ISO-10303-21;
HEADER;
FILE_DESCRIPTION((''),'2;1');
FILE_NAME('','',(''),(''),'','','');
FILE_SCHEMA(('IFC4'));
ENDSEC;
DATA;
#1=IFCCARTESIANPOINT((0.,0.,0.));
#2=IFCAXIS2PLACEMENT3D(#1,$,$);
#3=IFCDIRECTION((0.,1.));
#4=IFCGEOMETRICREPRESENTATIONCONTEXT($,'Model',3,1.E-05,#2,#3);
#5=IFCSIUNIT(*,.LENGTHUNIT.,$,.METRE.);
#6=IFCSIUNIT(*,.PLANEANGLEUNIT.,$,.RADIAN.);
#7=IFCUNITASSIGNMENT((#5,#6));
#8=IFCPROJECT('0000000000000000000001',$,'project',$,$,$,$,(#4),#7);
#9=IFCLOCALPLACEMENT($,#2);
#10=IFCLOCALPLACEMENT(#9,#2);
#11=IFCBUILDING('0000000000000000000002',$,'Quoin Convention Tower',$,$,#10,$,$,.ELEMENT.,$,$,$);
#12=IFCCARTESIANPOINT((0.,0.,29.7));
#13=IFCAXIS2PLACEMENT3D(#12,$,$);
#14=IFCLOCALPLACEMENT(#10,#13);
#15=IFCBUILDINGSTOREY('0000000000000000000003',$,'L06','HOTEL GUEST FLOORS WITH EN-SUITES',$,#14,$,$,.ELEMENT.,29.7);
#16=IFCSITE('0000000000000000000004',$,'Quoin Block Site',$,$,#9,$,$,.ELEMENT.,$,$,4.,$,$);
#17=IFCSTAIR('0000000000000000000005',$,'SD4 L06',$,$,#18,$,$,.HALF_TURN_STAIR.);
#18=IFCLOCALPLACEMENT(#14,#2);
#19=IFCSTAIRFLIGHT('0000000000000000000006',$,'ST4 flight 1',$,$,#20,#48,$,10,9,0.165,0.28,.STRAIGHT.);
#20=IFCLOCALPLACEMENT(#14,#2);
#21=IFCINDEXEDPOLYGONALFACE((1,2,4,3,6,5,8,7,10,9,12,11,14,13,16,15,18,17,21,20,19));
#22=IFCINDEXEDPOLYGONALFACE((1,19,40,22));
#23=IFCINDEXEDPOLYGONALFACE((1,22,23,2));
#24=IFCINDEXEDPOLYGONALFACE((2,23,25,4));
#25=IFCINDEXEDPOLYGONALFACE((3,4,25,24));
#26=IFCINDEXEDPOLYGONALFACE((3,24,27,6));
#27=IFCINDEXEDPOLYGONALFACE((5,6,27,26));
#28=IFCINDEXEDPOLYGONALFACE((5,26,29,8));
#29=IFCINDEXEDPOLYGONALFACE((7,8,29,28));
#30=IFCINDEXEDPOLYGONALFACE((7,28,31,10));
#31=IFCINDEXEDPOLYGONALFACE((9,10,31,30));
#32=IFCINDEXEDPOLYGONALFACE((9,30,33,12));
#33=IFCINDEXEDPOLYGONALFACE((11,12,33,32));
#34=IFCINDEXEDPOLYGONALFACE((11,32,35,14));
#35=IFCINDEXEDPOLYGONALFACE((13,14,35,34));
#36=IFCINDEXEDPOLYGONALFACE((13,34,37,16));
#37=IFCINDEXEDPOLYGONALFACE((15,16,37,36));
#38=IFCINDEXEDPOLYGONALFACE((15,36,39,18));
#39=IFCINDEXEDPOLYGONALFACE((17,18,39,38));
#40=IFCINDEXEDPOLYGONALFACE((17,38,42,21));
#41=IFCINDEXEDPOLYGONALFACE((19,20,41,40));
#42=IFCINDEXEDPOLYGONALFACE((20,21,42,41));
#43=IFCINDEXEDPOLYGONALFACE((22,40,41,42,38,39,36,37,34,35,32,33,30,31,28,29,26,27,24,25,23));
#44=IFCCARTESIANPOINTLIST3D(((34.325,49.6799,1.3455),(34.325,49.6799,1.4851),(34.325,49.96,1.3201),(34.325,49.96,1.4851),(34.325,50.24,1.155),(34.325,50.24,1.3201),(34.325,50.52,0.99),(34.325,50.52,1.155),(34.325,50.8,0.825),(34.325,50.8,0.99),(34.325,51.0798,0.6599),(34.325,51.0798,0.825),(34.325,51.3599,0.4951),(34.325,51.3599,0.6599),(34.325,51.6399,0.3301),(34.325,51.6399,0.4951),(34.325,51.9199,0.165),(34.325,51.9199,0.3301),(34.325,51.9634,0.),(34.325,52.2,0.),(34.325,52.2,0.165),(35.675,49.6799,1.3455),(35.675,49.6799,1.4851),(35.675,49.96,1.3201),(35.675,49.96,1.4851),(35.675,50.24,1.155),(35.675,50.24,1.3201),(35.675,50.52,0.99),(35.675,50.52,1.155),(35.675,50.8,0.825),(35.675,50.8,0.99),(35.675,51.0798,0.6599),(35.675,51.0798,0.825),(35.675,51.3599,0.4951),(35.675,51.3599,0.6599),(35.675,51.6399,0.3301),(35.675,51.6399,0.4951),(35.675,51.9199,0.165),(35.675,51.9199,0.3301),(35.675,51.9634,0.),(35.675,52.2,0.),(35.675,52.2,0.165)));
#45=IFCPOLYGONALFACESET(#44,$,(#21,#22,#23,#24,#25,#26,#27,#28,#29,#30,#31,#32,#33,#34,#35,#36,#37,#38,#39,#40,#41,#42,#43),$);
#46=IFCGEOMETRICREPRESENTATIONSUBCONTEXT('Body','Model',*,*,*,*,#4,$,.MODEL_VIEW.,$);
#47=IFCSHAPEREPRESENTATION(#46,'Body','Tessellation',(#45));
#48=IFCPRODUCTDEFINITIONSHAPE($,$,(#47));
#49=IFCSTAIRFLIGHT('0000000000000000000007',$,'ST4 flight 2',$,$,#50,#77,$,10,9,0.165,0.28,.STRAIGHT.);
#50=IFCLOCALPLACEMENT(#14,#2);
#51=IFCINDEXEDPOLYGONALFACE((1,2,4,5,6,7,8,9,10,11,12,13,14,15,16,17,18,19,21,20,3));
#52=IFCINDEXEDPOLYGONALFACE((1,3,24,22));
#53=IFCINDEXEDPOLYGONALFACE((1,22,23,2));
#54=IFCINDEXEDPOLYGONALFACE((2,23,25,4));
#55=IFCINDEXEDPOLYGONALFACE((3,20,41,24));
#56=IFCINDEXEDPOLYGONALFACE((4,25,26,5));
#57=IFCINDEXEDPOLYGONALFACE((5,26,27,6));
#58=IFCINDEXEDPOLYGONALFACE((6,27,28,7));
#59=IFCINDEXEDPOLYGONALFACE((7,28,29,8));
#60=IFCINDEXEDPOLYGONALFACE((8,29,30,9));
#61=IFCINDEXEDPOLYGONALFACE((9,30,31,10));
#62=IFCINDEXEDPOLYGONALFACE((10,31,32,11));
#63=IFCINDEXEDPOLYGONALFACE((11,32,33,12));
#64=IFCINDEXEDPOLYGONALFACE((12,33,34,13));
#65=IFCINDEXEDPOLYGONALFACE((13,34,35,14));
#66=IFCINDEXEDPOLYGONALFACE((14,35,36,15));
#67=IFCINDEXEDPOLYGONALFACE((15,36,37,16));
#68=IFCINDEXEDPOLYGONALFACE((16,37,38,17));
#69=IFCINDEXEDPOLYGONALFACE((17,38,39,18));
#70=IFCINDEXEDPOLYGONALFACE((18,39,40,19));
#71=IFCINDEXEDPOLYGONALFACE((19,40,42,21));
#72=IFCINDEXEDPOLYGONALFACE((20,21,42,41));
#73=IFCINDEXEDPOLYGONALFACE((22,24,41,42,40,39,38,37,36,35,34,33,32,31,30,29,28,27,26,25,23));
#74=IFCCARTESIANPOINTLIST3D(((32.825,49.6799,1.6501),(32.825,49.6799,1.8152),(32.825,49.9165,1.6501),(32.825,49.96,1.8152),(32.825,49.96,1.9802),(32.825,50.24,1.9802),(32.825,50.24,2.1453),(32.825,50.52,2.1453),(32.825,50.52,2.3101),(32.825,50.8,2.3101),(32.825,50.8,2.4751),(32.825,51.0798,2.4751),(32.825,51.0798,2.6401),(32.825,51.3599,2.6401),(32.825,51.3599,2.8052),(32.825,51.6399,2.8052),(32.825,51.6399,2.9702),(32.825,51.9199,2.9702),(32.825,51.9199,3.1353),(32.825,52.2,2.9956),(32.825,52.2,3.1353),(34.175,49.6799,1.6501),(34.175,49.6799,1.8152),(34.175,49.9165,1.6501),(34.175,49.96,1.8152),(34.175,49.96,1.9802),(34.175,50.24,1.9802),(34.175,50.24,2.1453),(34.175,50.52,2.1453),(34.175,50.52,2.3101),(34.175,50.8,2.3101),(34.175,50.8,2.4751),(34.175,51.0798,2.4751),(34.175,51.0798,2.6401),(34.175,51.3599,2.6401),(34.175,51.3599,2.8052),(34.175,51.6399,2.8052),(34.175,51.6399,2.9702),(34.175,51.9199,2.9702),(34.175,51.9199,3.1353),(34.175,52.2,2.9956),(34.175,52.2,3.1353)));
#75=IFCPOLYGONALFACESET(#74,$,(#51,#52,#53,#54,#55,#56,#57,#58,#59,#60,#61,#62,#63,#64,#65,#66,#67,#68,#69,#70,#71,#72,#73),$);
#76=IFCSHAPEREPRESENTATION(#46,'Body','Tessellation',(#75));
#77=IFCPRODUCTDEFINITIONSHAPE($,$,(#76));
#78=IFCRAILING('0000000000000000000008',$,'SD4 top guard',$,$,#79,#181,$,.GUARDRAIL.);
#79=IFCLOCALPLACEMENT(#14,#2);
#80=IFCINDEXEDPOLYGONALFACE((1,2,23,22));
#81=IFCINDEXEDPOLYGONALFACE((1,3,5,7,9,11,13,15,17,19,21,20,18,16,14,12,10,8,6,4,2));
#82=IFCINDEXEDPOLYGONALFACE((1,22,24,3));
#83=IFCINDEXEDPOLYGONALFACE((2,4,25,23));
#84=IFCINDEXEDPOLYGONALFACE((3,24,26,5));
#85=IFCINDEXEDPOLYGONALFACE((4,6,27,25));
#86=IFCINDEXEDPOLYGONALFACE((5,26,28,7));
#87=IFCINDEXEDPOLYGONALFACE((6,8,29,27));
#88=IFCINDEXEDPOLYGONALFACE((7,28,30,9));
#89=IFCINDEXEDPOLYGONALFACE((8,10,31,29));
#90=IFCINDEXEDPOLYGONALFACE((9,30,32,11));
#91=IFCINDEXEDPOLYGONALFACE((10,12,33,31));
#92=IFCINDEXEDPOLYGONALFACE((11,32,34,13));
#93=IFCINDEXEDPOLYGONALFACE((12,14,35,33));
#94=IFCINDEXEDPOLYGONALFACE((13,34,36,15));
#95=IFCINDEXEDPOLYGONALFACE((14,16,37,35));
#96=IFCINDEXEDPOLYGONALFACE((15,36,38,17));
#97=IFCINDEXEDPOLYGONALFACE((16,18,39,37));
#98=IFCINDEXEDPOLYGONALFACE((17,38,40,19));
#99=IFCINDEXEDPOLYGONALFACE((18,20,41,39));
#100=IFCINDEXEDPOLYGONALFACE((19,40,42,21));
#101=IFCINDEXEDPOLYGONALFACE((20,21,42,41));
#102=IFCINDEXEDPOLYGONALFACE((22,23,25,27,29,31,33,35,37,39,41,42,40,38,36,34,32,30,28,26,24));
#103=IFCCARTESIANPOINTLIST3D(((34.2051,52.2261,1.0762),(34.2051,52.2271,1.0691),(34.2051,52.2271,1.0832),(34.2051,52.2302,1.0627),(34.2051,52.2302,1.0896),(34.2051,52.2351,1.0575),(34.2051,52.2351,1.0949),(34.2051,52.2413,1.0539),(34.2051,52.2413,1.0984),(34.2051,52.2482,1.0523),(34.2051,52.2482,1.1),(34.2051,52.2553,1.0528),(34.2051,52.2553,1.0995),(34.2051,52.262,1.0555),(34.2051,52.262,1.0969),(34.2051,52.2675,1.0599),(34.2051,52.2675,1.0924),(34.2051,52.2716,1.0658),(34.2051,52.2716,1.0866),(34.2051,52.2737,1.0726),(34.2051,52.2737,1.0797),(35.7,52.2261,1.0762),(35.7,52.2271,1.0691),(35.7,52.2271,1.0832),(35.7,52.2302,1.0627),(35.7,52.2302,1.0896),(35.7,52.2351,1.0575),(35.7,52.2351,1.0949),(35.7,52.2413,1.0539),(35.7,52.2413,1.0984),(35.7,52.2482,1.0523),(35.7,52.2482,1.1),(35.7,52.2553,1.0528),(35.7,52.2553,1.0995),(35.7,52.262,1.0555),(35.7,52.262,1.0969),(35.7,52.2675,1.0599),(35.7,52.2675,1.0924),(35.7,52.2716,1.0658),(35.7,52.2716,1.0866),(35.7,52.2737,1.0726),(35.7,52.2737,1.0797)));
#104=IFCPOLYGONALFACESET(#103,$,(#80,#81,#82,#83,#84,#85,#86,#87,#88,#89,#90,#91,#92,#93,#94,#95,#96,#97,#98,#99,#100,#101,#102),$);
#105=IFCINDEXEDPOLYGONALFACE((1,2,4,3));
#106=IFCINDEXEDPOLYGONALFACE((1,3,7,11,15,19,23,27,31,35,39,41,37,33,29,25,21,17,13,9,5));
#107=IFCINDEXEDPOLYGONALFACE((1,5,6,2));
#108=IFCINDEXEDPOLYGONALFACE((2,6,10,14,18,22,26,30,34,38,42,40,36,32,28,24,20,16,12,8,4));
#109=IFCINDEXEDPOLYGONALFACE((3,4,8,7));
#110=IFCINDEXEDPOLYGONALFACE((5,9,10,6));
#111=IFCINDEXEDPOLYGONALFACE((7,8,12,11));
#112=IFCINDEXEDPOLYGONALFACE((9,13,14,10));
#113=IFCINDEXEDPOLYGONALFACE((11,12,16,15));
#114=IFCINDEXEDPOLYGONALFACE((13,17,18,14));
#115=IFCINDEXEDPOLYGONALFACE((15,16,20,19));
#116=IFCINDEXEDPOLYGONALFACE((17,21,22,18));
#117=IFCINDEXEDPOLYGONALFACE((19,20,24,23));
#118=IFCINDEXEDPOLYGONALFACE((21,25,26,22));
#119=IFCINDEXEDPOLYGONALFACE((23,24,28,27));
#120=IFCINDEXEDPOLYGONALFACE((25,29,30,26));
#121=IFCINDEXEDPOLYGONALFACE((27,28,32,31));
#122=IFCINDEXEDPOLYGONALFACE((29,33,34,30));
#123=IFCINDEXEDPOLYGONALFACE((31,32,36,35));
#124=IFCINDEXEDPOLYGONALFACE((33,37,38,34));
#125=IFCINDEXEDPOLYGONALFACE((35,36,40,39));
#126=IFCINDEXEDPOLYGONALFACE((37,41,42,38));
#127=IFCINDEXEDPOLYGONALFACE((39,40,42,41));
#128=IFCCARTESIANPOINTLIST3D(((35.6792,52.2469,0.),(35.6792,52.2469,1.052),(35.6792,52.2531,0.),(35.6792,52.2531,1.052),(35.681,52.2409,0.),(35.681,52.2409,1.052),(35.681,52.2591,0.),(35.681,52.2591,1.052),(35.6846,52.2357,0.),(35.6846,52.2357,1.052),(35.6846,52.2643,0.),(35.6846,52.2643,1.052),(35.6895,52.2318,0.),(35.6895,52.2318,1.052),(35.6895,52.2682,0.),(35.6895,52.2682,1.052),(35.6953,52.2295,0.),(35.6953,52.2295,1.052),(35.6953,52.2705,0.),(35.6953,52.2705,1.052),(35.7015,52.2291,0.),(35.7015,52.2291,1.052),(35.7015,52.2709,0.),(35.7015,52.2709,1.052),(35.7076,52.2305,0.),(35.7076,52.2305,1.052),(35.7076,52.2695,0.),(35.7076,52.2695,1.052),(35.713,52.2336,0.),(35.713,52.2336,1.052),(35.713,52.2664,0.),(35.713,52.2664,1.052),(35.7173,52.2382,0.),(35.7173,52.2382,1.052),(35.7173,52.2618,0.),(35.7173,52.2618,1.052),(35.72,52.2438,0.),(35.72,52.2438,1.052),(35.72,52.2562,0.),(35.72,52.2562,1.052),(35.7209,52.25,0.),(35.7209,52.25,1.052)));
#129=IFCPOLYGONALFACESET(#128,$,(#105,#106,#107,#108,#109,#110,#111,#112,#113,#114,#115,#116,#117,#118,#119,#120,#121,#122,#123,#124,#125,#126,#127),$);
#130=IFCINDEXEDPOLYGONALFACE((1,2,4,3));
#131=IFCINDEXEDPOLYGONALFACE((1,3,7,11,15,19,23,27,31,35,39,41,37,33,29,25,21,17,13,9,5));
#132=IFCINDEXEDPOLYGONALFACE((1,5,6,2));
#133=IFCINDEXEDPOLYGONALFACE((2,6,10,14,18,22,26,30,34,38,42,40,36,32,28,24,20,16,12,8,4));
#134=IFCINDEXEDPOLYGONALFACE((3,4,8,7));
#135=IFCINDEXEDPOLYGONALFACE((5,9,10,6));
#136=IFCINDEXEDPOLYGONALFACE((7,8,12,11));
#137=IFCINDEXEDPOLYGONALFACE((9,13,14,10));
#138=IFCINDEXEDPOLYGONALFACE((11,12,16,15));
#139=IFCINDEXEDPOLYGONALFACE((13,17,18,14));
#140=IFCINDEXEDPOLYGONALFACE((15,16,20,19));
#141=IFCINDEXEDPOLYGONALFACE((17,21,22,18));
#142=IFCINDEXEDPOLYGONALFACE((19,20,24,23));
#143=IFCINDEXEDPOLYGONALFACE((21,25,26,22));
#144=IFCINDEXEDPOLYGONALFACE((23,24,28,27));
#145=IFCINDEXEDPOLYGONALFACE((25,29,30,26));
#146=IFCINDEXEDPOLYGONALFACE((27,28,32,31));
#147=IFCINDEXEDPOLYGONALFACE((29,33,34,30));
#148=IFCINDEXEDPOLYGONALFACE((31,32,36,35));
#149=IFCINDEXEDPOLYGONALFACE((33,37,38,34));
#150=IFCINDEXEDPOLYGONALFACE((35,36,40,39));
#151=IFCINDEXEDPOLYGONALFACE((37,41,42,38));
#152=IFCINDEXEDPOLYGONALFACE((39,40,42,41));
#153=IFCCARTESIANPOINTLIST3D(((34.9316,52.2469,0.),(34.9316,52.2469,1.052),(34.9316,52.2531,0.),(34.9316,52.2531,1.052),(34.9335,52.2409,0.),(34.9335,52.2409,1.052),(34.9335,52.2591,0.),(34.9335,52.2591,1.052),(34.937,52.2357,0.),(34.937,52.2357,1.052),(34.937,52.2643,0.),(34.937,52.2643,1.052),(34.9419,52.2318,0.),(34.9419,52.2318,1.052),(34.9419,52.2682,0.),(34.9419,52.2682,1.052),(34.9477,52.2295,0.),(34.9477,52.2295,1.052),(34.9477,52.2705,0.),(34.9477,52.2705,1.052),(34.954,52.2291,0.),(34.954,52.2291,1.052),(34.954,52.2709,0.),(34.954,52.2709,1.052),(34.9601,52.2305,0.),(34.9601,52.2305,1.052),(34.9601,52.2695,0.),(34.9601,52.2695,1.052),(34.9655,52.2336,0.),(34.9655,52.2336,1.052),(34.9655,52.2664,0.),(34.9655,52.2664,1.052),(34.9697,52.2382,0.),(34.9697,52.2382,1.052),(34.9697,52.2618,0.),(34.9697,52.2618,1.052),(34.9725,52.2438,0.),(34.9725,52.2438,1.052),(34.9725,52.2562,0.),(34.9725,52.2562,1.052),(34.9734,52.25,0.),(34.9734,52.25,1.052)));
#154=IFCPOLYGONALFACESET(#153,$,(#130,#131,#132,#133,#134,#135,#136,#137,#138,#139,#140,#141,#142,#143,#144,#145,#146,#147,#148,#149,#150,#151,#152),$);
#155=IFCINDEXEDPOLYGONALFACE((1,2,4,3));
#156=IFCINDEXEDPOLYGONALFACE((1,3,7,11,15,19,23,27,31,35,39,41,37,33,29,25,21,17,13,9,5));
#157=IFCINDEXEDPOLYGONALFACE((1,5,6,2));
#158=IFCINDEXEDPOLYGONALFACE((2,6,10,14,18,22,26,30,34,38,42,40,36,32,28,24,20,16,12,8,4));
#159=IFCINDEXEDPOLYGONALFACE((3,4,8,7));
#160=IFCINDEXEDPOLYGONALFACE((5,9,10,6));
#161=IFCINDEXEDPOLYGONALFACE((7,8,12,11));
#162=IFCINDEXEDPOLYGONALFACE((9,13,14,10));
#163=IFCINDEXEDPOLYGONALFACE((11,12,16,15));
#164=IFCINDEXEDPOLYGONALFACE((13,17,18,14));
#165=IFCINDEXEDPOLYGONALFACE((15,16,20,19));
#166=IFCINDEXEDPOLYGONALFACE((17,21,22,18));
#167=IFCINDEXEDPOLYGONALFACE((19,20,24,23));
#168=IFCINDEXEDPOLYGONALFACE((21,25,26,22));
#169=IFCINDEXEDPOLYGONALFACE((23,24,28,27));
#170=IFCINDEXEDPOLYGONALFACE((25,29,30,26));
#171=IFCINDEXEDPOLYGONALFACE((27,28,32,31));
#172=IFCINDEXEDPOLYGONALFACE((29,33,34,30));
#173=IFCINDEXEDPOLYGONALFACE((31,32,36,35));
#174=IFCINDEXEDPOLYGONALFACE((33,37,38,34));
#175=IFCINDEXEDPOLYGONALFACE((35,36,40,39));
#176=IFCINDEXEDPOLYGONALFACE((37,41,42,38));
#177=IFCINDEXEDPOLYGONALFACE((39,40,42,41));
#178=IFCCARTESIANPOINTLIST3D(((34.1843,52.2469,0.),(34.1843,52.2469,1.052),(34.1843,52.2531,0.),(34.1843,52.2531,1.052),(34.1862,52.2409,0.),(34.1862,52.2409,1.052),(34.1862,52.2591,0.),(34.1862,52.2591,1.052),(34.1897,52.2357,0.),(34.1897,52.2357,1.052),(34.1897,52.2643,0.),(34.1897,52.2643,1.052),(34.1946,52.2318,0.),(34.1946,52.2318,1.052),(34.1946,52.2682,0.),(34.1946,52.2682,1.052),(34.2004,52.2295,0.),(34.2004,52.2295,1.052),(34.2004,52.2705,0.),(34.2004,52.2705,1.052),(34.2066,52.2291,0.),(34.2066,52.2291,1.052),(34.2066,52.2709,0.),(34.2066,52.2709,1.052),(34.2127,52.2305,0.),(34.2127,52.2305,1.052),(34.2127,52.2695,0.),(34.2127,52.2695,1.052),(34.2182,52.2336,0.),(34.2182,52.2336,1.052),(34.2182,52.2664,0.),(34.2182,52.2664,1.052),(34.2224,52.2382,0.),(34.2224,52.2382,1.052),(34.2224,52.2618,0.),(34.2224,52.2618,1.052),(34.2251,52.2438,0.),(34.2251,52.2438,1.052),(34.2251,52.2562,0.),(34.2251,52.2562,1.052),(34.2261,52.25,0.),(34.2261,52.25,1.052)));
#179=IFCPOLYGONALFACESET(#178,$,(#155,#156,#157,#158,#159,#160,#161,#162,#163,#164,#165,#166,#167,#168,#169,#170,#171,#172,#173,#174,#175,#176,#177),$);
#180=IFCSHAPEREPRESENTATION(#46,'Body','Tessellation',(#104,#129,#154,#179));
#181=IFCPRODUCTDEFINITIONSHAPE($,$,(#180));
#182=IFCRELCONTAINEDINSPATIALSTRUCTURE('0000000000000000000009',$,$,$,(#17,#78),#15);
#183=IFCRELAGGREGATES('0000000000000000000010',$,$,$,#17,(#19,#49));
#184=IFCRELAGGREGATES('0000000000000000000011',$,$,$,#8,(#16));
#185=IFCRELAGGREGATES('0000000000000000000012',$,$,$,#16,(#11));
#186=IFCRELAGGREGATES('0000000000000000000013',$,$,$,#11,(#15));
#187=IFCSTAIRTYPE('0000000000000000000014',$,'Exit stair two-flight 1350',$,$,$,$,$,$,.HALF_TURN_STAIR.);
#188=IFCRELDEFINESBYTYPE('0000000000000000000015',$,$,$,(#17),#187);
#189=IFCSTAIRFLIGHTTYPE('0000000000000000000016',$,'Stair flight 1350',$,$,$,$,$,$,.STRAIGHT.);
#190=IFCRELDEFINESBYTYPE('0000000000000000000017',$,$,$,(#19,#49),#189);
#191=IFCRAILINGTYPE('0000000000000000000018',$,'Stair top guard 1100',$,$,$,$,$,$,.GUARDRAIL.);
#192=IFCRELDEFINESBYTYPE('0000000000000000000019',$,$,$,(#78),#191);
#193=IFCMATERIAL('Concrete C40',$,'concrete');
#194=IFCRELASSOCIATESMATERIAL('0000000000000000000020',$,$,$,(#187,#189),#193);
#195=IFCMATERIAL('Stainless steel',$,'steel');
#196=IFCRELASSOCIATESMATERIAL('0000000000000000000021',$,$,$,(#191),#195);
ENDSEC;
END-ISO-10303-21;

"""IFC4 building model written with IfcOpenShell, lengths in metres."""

from ifc_helpers import new_model, si_unit, direction, frame, origin, origin_2d, place, context, subcontext, project, spatial, polyline, circle, outline, extrude, material, type_object, element, aggregate, save


model = new_model("IFC4")

# Units and contexts
model_context = context("Model", 3, precision=1e-05, world=origin(), true_north=direction((0.0, 1.0)))
body_context = subcontext(model_context, "Body", "Model", "MODEL_VIEW")
ifc_project = project(units=[si_unit("LENGTHUNIT", "METRE"), si_unit("PLANEANGLEUNIT", "RADIAN")], contexts=[model_context])

# Site, building, storey
site_placement = place(None, origin())
site = spatial("IfcSite", under=ifc_project, at=site_placement, Name="Quoin Block Site", CompositionType="ELEMENT", RefElevation=4.0)
building_placement = place(site_placement, origin())
building = spatial("IfcBuilding", under=site, at=building_placement, Name="Quoin Convention Tower", CompositionType="ELEMENT")
storey_placement = place(building_placement, frame((0.0, 0.0, 29.7)))
storey = spatial("IfcBuildingStorey", under=building, at=storey_placement, Name="L06", Description="HOTEL GUEST FLOORS WITH EN-SUITES", CompositionType="ELEMENT", Elevation=29.7)

# Shared definitions
ifc_material_1 = material(Name="Concrete C40", Category="concrete")
stair_type = type_object("IfcStairType", Name="Exit stair two-flight 1350", PredefinedType="HALF_TURN_STAIR", material=ifc_material_1)
stair_flight_type = type_object("IfcStairFlightType", Name="Stair flight 1350", PredefinedType="STRAIGHT", material=ifc_material_1)

# Stair, stair flights
stair_1_placement = place(storey_placement, origin())
stair_1 = element("IfcStair", 1, at=stair_1_placement, inside=storey, type_object=stair_type, Name="SD4 L06", PredefinedType="HALF_TURN_STAIR")
stair_flight_1_placement = place(storey_placement, frame((35.0, 52.2, 0.0), z_axis=(0.0, 0.0, 1.0), x_axis=(0.0, -1.0, 0.0)))
stair_flight_1 = element("IfcStairFlight", 2, at=stair_flight_1_placement, type_object=stair_flight_type, Name="ST4 flight 1", NumberOfRisers=10, NumberOfTreads=9, PredefinedType="STRAIGHT", RiserHeight=0.165, TreadLength=0.28, context=body_context, shape_type="SweptSolid", body=[
    extrude(outline(polyline([(0.0, 0.0), (0.0, 0.165), (0.28, 0.165), (0.28, 0.3301), (0.5601, 0.3301), (0.5601, 0.4951), (0.8401, 0.4951), (0.8401, 0.6599), (1.1201, 0.6599), (1.1201, 0.825), (1.3999, 0.825), (1.3999, 0.99), (1.6799, 0.99), (1.6799, 1.155), (1.96, 1.155), (1.96, 1.3201), (2.24, 1.3201), (2.24, 1.4851), (2.52, 1.4851), (2.52, 1.6499), (2.52, 1.3455), (0.2366, 0.0), (0.0, 0.0)])), frame((0.0, 0.675, 0.0), z_axis=(0.0, -1.0, 0.0), x_axis=(1.0, 0.0, 0.0)), (0.0, 0.0, 1.0), 1.3501),
])
stair_flight_2_placement = place(storey_placement, frame((33.5, 49.6799, 1.6501), z_axis=(0.0, 0.0, 1.0), x_axis=(0.0, 1.0, 0.0)))
stair_flight_2 = element("IfcStairFlight", 3, at=stair_flight_2_placement, type_object=stair_flight_type, Name="ST4 flight 2", NumberOfRisers=10, NumberOfTreads=9, PredefinedType="STRAIGHT", RiserHeight=0.165, TreadLength=0.28, context=body_context, shape_type="SweptSolid", body=[
    extrude(outline(polyline([(0.0, 0.0), (0.0, 0.165), (0.28, 0.165), (0.28, 0.3301), (0.5601, 0.3301), (0.5601, 0.4951), (0.8401, 0.4951), (0.8401, 0.6599), (1.1201, 0.6599), (1.1201, 0.825), (1.3999, 0.825), (1.3999, 0.99), (1.6799, 0.99), (1.6799, 1.155), (1.96, 1.155), (1.96, 1.3201), (2.24, 1.3201), (2.24, 1.4851), (2.52, 1.4851), (2.52, 1.6499), (2.52, 1.3455), (0.2366, 0.0), (0.0, 0.0)])), frame((0.0, 0.675, 0.0), z_axis=(0.0, -1.0, 0.0), x_axis=(1.0, 0.0, 0.0)), (0.0, 0.0, 1.0), 1.3501),
])
aggregate(stair_1, [stair_flight_1, stair_flight_2])

# Railing
ifc_material_2 = material(Name="Stainless steel", Category="steel")
railing_type_1 = type_object("IfcRailingType", Name="Stair top guard 1100", PredefinedType="GUARDRAIL", material=ifc_material_2)
railing_1_placement = place(storey_placement, frame((35.7, 52.25, 0.0)))
element("IfcRailing", 4, at=railing_1_placement, inside=storey, type_object=railing_type_1, Name="SD4 top guard", PredefinedType="GUARDRAIL", context=body_context, shape_type="SweptSolid", body=[
    extrude(circle(Radius=0.0239, at=origin_2d()), frame((0.0, 0.0, 1.0762), z_axis=(-1.0, 0.0, 0.0), x_axis=(0.0, -1.0, 0.0)), (0.0, 0.0, 1.0), 1.4949),
    extrude(circle(Radius=0.021, at=origin_2d()), origin(), (0.0, 0.0, 1.0), 1.052),
    extrude(circle(Radius=0.021, at=origin_2d()), frame((-0.7476, 0.0, 0.0)), (0.0, 0.0, 1.0), 1.052),
    extrude(circle(Radius=0.021, at=origin_2d()), frame((-1.4949, 0.0, 0.0)), (0.0, 0.0, 1.0), 1.052),
])

save(model, "model.ifc")
